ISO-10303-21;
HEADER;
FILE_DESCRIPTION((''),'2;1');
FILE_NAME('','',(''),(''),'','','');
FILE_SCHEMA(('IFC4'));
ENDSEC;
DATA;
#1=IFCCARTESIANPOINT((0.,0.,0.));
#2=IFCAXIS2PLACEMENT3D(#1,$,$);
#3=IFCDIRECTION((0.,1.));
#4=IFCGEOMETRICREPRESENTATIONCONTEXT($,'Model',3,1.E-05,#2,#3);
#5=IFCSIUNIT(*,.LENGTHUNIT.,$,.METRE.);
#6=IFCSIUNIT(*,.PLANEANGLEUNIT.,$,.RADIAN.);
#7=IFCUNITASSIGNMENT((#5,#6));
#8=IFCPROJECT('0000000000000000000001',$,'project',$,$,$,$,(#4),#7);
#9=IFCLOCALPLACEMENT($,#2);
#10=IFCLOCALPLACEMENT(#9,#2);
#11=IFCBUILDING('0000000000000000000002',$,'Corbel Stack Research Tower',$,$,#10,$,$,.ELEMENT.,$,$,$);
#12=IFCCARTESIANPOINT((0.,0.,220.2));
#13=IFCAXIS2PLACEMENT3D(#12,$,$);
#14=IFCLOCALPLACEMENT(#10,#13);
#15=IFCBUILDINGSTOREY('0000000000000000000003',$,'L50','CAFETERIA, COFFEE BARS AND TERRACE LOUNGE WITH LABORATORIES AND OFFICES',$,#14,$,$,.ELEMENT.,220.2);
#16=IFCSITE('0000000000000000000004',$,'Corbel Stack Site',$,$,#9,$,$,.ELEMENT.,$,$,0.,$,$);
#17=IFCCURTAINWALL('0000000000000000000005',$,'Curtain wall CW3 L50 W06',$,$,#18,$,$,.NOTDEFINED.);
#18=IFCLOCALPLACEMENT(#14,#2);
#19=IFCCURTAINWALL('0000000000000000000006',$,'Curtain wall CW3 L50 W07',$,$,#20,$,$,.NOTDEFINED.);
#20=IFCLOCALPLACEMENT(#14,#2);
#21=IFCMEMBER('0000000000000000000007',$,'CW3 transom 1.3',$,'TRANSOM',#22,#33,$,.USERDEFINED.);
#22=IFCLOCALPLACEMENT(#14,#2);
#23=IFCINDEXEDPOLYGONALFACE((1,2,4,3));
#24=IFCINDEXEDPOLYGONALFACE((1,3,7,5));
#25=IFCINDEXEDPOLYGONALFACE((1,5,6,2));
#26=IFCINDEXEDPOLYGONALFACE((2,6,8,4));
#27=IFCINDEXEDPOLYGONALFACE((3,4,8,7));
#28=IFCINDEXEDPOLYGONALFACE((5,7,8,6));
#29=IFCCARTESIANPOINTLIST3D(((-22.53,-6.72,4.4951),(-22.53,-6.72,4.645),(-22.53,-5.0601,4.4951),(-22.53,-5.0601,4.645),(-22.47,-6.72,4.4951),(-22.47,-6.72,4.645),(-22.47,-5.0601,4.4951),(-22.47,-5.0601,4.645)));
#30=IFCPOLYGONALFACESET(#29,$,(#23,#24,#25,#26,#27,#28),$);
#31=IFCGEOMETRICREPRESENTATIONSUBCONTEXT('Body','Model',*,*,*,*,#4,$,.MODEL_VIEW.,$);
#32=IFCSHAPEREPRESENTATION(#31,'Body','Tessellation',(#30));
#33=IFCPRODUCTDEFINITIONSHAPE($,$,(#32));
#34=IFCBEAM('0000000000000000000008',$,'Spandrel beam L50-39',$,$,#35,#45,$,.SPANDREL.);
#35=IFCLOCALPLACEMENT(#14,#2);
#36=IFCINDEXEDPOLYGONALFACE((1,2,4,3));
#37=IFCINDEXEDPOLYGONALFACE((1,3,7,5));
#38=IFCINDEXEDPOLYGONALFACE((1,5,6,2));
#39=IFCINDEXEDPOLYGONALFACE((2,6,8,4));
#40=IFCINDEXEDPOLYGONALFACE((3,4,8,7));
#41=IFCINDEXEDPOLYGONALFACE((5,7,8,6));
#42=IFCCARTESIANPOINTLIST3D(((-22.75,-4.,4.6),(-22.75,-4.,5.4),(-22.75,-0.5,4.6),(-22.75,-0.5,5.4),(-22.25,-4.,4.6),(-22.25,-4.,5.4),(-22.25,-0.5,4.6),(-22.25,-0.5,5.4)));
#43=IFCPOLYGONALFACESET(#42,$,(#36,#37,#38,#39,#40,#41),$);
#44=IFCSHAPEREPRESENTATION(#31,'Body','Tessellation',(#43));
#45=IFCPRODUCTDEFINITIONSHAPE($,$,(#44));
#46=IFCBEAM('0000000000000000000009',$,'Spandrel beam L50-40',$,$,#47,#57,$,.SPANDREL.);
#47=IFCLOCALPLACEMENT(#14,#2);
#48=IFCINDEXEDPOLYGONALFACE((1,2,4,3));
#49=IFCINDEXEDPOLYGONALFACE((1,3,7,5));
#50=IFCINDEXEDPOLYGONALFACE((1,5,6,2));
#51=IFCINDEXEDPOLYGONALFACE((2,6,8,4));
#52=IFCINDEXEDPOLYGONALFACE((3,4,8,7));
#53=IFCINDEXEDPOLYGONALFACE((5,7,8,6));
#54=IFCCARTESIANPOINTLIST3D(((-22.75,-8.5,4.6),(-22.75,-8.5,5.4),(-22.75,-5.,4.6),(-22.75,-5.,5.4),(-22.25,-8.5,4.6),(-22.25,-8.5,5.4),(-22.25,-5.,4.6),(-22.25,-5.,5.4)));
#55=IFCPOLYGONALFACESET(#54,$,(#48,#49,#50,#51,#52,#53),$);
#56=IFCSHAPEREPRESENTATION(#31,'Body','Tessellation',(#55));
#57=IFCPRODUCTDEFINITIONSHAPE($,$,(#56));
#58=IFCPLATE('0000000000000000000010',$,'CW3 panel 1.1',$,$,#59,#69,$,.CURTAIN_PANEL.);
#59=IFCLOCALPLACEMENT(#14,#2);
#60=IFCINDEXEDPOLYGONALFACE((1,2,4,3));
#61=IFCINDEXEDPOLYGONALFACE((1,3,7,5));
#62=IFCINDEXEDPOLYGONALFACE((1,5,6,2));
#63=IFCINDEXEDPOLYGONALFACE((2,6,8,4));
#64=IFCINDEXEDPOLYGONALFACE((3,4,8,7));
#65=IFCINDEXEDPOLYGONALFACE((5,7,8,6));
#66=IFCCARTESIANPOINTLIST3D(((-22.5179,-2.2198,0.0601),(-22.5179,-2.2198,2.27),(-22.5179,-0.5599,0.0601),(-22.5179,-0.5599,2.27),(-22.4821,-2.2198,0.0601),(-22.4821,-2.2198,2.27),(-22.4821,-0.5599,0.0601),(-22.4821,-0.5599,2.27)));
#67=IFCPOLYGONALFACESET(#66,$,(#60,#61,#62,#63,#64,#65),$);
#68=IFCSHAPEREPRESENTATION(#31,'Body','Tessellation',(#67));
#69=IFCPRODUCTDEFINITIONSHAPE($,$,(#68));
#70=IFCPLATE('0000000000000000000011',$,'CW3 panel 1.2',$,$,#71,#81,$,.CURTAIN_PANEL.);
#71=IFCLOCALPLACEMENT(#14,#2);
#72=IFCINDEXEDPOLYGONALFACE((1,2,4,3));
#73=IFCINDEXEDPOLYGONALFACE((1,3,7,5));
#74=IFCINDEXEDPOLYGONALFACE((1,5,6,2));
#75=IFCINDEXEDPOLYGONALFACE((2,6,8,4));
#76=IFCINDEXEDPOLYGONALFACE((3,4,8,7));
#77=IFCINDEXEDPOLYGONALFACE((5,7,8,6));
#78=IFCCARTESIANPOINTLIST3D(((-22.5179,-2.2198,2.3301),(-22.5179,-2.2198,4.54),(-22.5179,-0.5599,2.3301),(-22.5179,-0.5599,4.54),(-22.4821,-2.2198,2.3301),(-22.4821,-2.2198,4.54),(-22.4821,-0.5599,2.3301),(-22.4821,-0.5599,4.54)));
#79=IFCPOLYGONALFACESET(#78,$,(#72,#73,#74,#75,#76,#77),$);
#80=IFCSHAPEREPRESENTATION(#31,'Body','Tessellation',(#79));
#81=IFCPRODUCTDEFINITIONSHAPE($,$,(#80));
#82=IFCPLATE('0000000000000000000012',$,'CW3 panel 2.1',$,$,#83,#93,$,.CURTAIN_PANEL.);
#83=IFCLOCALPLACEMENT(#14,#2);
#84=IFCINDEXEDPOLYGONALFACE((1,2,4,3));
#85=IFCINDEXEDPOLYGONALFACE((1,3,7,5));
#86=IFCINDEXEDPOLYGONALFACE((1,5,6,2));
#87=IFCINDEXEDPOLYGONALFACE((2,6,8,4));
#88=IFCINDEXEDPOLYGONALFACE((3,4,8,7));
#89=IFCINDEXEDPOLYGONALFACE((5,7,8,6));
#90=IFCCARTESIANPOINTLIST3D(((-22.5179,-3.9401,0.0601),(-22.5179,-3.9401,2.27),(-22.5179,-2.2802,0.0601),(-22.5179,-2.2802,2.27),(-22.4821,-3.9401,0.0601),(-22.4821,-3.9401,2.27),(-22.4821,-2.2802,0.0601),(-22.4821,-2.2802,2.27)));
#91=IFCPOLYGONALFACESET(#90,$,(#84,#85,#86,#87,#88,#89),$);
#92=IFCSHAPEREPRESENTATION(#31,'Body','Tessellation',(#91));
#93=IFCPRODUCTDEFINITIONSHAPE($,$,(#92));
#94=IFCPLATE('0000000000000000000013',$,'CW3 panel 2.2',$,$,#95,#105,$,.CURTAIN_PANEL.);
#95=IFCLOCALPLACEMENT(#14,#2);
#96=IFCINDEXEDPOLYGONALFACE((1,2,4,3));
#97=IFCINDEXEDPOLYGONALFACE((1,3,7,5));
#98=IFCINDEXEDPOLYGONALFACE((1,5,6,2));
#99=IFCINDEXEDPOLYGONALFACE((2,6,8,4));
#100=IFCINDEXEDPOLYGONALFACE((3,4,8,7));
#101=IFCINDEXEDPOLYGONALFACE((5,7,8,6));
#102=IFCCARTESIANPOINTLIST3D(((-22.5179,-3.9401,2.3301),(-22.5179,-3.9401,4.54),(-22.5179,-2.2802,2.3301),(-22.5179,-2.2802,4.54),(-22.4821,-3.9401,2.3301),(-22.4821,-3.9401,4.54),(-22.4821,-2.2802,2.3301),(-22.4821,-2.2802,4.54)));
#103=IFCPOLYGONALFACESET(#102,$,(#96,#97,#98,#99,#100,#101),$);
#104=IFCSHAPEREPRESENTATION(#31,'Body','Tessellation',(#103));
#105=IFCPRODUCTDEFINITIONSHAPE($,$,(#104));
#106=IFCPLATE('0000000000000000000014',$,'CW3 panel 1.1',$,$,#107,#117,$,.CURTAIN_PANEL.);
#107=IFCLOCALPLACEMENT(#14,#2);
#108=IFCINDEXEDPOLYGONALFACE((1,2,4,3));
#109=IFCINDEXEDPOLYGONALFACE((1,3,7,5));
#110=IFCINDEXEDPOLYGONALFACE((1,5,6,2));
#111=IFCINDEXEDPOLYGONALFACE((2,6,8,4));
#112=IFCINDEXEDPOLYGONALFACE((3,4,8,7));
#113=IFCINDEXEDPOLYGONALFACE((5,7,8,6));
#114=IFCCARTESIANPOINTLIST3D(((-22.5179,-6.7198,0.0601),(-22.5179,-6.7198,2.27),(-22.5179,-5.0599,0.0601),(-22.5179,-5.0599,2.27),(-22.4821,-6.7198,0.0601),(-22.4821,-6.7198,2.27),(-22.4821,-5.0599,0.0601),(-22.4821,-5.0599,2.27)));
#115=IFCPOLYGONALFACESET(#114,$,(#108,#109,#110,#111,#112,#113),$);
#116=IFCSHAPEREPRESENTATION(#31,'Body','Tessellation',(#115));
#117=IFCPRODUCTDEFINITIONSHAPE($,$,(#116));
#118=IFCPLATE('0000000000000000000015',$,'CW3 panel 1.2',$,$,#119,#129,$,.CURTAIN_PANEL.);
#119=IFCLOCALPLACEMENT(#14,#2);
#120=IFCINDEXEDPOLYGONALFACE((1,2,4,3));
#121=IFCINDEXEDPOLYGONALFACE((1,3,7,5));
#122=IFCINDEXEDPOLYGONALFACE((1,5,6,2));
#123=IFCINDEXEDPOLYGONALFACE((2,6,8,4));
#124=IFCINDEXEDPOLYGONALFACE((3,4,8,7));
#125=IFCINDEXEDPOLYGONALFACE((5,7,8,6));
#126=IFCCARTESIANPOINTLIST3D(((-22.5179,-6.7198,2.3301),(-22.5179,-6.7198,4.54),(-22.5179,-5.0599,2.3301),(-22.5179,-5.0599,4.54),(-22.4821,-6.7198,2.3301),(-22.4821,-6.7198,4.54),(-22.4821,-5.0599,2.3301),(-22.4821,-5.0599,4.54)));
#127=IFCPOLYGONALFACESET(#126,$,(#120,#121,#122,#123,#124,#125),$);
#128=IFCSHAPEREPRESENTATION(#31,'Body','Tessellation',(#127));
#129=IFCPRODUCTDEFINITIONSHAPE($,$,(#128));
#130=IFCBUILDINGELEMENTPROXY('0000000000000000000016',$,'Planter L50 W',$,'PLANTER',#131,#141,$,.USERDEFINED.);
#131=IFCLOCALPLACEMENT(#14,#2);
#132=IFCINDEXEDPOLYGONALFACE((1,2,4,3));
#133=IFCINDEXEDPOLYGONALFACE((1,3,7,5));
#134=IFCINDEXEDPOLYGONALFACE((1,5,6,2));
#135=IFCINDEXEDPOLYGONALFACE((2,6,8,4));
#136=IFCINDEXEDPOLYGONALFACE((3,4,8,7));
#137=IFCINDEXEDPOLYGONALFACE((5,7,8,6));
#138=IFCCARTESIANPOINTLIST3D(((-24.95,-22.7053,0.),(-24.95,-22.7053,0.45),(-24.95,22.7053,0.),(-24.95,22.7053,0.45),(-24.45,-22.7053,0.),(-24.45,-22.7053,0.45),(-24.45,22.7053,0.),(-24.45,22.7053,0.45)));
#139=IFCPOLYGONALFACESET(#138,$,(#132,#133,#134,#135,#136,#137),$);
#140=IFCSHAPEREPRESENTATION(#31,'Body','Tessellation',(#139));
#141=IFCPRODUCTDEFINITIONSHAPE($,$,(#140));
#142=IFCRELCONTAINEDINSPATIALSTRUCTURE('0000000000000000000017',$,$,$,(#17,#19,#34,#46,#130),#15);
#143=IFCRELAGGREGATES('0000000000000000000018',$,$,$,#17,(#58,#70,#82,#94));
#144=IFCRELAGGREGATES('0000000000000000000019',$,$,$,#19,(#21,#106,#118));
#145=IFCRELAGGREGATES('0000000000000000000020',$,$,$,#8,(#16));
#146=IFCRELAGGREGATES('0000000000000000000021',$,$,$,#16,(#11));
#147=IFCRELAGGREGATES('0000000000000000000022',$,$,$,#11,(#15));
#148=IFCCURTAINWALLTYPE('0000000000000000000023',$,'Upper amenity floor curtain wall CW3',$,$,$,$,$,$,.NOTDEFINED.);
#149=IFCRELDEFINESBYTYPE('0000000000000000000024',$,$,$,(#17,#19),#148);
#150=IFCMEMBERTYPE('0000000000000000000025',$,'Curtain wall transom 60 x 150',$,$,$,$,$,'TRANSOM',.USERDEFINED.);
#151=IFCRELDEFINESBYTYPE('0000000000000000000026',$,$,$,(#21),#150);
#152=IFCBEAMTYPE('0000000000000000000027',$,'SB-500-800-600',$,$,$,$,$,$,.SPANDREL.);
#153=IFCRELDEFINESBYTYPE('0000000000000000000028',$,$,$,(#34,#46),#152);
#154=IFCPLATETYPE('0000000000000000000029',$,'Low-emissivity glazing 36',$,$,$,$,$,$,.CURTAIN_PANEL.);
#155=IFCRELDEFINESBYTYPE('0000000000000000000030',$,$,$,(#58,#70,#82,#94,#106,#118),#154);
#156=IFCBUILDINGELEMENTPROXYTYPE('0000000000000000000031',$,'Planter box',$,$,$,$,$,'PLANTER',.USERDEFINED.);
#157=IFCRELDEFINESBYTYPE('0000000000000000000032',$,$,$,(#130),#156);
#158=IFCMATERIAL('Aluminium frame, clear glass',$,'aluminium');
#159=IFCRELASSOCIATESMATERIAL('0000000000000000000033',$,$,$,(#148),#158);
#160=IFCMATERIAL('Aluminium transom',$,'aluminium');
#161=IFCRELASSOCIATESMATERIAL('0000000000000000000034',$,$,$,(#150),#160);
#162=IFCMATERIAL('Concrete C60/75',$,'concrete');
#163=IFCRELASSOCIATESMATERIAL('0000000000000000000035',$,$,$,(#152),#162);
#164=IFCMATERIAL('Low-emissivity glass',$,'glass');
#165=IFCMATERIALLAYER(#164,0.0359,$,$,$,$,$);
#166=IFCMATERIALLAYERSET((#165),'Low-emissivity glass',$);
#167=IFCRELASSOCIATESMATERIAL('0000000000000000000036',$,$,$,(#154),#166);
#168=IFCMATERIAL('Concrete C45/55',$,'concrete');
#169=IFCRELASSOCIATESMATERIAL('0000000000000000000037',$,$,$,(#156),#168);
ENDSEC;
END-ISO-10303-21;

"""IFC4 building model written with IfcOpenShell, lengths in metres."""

from ifc_helpers import new_model, si_unit, direction, frame, origin, origin_2d, place, context, subcontext, project, spatial, rectangle, extrude, material, layer, layer_set, material_profile, profile_set, type_object, element, aggregate, save


model = new_model("IFC4")

# Units and contexts
model_context = context("Model", 3, precision=1e-05, world=origin(), true_north=direction((0.0, 1.0)))
body_context = subcontext(model_context, "Body", "Model", "MODEL_VIEW")
ifc_project = project(units=[si_unit("LENGTHUNIT", "METRE"), si_unit("PLANEANGLEUNIT", "RADIAN")], contexts=[model_context])

# Site, building, storey
site_placement = place(None, origin())
site = spatial("IfcSite", under=ifc_project, at=site_placement, Name="Corbel Stack Site", CompositionType="ELEMENT", RefElevation=0.0)
building_placement = place(site_placement, origin())
building = spatial("IfcBuilding", under=site, at=building_placement, Name="Corbel Stack Research Tower", CompositionType="ELEMENT")
storey_placement = place(building_placement, frame((0.0, 0.0, 220.2)))
storey = spatial("IfcBuildingStorey", under=building, at=storey_placement, Name="L50", Description="CAFETERIA, COFFEE BARS AND TERRACE LOUNGE WITH LABORATORIES AND OFFICES", CompositionType="ELEMENT", Elevation=220.2)

# Curtain walls
ifc_material_1 = material(Name="Aluminium frame, clear glass", Category="aluminium")
curtain_wall_type = type_object("IfcCurtainWallType", Name="Upper amenity floor curtain wall CW3", PredefinedType="NOTDEFINED", material=ifc_material_1)
curtain_wall_1_placement = place(storey_placement, origin())
curtain_wall_1 = element("IfcCurtainWall", 1, at=curtain_wall_1_placement, inside=storey, type_object=curtain_wall_type, Name="Curtain wall CW3 L50 W06", PredefinedType="NOTDEFINED")
curtain_wall_2_placement = place(storey_placement, origin())
curtain_wall_2 = element("IfcCurtainWall", 2, at=curtain_wall_2_placement, inside=storey, type_object=curtain_wall_type, Name="Curtain wall CW3 L50 W07", PredefinedType="NOTDEFINED")

# Member
ifc_material_2 = material(Name="Aluminium transom", Category="aluminium")
ifc_material_profile_1 = material_profile(ifc_material_2, rectangle(XDim=0.0601, YDim=0.1499, at=origin_2d()), Name="Transom 60 x 150")
ifc_profile_set_1 = profile_set([ifc_material_profile_1], Name="Aluminium transom")
member_type_1 = type_object("IfcMemberType", Name="Curtain wall transom 60 x 150", ElementType="TRANSOM", PredefinedType="USERDEFINED", material=ifc_profile_set_1)
member_1_placement = place(storey_placement, frame((-22.5, -5.0601, 4.5701), z_axis=(0.0, -1.0, 0.0), x_axis=(1.0, 0.0, 0.0)))
member_1 = element("IfcMember", 3, at=member_1_placement, type_object=member_type_1, Name="CW3 transom 1.3", ObjectType="TRANSOM", PredefinedType="USERDEFINED", context=body_context, shape_type="SweptSolid", body=[
    extrude(rectangle(XDim=0.0601, YDim=0.1499, at=origin_2d()), origin(), (0.0, 0.0, 1.0), 1.6599),
])

# Beams
ifc_material_3 = material(Name="Concrete C60/75", Category="concrete")
ifc_material_profile_2 = material_profile(ifc_material_3, rectangle(XDim=0.5, YDim=0.8, at=origin_2d()), Name="RC 500 x 800")
ifc_profile_set_2 = profile_set([ifc_material_profile_2], Name="Concrete C60/75")
beam_type = type_object("IfcBeamType", Name="SB-500-800-600", PredefinedType="SPANDREL", material=ifc_profile_set_2)
for number, where, z_axis, x_axis, name in (
    (4, (-22.5, -0.5, 5.0), (0.0, -1.0, 0.0), (1.0, 0.0, 0.0), "Spandrel beam L50-39"),
    (5, (-22.5, -5.0, 5.0), (0.0, -1.0, 0.0), (1.0, 0.0, 0.0), "Spandrel beam L50-40"),
):
    element("IfcBeam", number, at=place(storey_placement, frame(where, z_axis=z_axis, x_axis=x_axis)), inside=storey, type_object=beam_type, Name=name, PredefinedType="SPANDREL", context=body_context, shape_type="SweptSolid", body=[
        extrude(rectangle(XDim=0.5, YDim=0.8, at=origin_2d()), origin(), (0.0, 0.0, 1.0), 3.5),
    ])

# Plates
ifc_material_4 = material(Name="Low-emissivity glass", Category="glass")
ifc_layer = layer(ifc_material_4, 0.0359)
ifc_layer_set = layer_set([ifc_layer], Name="Low-emissivity glass")
plate_type = type_object("IfcPlateType", Name="Low-emissivity glazing 36", PredefinedType="CURTAIN_PANEL", material=ifc_layer_set)
plate_1_placement = place(storey_placement, frame((-22.5, -1.3899, 0.0601), z_axis=(0.0, 0.0, 1.0), x_axis=(0.0, -1.0, 0.0)))
plate_1 = element("IfcPlate", 6, at=plate_1_placement, type_object=plate_type, Name="CW3 panel 1.1", PredefinedType="CURTAIN_PANEL", context=body_context, shape_type="SweptSolid", body=[
    extrude(rectangle(XDim=1.6599, YDim=0.0359, at=origin_2d()), origin(), (0.0, 0.0, 1.0), 2.21),
])
plate_2_placement = place(storey_placement, frame((-22.5, -1.3899, 2.3301), z_axis=(0.0, 0.0, 1.0), x_axis=(0.0, -1.0, 0.0)))
plate_2 = element("IfcPlate", 7, at=plate_2_placement, type_object=plate_type, Name="CW3 panel 1.2", PredefinedType="CURTAIN_PANEL", context=body_context, shape_type="SweptSolid", body=[
    extrude(rectangle(XDim=1.6599, YDim=0.0359, at=origin_2d()), origin(), (0.0, 0.0, 1.0), 2.21),
])
plate_3_placement = place(storey_placement, frame((-22.5, -3.1101, 0.0601), z_axis=(0.0, 0.0, 1.0), x_axis=(0.0, -1.0, 0.0)))
plate_3 = element("IfcPlate", 8, at=plate_3_placement, type_object=plate_type, Name="CW3 panel 2.1", PredefinedType="CURTAIN_PANEL", context=body_context, shape_type="SweptSolid", body=[
    extrude(rectangle(XDim=1.6599, YDim=0.0359, at=origin_2d()), origin(), (0.0, 0.0, 1.0), 2.21),
])
plate_4_placement = place(storey_placement, frame((-22.5, -3.1101, 2.3301), z_axis=(0.0, 0.0, 1.0), x_axis=(0.0, -1.0, 0.0)))
plate_4 = element("IfcPlate", 9, at=plate_4_placement, type_object=plate_type, Name="CW3 panel 2.2", PredefinedType="CURTAIN_PANEL", context=body_context, shape_type="SweptSolid", body=[
    extrude(rectangle(XDim=1.6599, YDim=0.0359, at=origin_2d()), origin(), (0.0, 0.0, 1.0), 2.21),
])
aggregate(curtain_wall_1, [plate_1, plate_2, plate_3, plate_4])
plate_5_placement = place(storey_placement, frame((-22.5, -5.8899, 0.0601), z_axis=(0.0, 0.0, 1.0), x_axis=(0.0, -1.0, 0.0)))
plate_5 = element("IfcPlate", 10, at=plate_5_placement, type_object=plate_type, Name="CW3 panel 1.1", PredefinedType="CURTAIN_PANEL", context=body_context, shape_type="SweptSolid", body=[
    extrude(rectangle(XDim=1.6599, YDim=0.0359, at=origin_2d()), origin(), (0.0, 0.0, 1.0), 2.21),
])
plate_6_placement = place(storey_placement, frame((-22.5, -5.8899, 2.3301), z_axis=(0.0, 0.0, 1.0), x_axis=(0.0, -1.0, 0.0)))
plate_6 = element("IfcPlate", 11, at=plate_6_placement, type_object=plate_type, Name="CW3 panel 1.2", PredefinedType="CURTAIN_PANEL", context=body_context, shape_type="SweptSolid", body=[
    extrude(rectangle(XDim=1.6599, YDim=0.0359, at=origin_2d()), origin(), (0.0, 0.0, 1.0), 2.21),
])
aggregate(curtain_wall_2, [member_1, plate_5, plate_6])

# Building element proxy
ifc_material_5 = material(Name="Concrete C45/55", Category="concrete")
building_element_proxy_type = type_object("IfcBuildingElementProxyType", Name="Planter box", ElementType="PLANTER", PredefinedType="USERDEFINED", material=ifc_material_5)
proxy_placement = place(storey_placement, frame((-24.7, 0.0, 0.0), z_axis=(0.0, 0.0, 1.0), x_axis=(0.0, -1.0, 0.0)))
element("IfcBuildingElementProxy", 12, at=proxy_placement, inside=storey, type_object=building_element_proxy_type, Name="Planter L50 W", ObjectType="PLANTER", PredefinedType="USERDEFINED", context=body_context, shape_type="SweptSolid", body=[
    extrude(rectangle(XDim=45.4106, YDim=0.5, at=origin_2d()), origin(), (0.0, 0.0, 1.0), 0.45),
])

save(model, "model.ifc")
